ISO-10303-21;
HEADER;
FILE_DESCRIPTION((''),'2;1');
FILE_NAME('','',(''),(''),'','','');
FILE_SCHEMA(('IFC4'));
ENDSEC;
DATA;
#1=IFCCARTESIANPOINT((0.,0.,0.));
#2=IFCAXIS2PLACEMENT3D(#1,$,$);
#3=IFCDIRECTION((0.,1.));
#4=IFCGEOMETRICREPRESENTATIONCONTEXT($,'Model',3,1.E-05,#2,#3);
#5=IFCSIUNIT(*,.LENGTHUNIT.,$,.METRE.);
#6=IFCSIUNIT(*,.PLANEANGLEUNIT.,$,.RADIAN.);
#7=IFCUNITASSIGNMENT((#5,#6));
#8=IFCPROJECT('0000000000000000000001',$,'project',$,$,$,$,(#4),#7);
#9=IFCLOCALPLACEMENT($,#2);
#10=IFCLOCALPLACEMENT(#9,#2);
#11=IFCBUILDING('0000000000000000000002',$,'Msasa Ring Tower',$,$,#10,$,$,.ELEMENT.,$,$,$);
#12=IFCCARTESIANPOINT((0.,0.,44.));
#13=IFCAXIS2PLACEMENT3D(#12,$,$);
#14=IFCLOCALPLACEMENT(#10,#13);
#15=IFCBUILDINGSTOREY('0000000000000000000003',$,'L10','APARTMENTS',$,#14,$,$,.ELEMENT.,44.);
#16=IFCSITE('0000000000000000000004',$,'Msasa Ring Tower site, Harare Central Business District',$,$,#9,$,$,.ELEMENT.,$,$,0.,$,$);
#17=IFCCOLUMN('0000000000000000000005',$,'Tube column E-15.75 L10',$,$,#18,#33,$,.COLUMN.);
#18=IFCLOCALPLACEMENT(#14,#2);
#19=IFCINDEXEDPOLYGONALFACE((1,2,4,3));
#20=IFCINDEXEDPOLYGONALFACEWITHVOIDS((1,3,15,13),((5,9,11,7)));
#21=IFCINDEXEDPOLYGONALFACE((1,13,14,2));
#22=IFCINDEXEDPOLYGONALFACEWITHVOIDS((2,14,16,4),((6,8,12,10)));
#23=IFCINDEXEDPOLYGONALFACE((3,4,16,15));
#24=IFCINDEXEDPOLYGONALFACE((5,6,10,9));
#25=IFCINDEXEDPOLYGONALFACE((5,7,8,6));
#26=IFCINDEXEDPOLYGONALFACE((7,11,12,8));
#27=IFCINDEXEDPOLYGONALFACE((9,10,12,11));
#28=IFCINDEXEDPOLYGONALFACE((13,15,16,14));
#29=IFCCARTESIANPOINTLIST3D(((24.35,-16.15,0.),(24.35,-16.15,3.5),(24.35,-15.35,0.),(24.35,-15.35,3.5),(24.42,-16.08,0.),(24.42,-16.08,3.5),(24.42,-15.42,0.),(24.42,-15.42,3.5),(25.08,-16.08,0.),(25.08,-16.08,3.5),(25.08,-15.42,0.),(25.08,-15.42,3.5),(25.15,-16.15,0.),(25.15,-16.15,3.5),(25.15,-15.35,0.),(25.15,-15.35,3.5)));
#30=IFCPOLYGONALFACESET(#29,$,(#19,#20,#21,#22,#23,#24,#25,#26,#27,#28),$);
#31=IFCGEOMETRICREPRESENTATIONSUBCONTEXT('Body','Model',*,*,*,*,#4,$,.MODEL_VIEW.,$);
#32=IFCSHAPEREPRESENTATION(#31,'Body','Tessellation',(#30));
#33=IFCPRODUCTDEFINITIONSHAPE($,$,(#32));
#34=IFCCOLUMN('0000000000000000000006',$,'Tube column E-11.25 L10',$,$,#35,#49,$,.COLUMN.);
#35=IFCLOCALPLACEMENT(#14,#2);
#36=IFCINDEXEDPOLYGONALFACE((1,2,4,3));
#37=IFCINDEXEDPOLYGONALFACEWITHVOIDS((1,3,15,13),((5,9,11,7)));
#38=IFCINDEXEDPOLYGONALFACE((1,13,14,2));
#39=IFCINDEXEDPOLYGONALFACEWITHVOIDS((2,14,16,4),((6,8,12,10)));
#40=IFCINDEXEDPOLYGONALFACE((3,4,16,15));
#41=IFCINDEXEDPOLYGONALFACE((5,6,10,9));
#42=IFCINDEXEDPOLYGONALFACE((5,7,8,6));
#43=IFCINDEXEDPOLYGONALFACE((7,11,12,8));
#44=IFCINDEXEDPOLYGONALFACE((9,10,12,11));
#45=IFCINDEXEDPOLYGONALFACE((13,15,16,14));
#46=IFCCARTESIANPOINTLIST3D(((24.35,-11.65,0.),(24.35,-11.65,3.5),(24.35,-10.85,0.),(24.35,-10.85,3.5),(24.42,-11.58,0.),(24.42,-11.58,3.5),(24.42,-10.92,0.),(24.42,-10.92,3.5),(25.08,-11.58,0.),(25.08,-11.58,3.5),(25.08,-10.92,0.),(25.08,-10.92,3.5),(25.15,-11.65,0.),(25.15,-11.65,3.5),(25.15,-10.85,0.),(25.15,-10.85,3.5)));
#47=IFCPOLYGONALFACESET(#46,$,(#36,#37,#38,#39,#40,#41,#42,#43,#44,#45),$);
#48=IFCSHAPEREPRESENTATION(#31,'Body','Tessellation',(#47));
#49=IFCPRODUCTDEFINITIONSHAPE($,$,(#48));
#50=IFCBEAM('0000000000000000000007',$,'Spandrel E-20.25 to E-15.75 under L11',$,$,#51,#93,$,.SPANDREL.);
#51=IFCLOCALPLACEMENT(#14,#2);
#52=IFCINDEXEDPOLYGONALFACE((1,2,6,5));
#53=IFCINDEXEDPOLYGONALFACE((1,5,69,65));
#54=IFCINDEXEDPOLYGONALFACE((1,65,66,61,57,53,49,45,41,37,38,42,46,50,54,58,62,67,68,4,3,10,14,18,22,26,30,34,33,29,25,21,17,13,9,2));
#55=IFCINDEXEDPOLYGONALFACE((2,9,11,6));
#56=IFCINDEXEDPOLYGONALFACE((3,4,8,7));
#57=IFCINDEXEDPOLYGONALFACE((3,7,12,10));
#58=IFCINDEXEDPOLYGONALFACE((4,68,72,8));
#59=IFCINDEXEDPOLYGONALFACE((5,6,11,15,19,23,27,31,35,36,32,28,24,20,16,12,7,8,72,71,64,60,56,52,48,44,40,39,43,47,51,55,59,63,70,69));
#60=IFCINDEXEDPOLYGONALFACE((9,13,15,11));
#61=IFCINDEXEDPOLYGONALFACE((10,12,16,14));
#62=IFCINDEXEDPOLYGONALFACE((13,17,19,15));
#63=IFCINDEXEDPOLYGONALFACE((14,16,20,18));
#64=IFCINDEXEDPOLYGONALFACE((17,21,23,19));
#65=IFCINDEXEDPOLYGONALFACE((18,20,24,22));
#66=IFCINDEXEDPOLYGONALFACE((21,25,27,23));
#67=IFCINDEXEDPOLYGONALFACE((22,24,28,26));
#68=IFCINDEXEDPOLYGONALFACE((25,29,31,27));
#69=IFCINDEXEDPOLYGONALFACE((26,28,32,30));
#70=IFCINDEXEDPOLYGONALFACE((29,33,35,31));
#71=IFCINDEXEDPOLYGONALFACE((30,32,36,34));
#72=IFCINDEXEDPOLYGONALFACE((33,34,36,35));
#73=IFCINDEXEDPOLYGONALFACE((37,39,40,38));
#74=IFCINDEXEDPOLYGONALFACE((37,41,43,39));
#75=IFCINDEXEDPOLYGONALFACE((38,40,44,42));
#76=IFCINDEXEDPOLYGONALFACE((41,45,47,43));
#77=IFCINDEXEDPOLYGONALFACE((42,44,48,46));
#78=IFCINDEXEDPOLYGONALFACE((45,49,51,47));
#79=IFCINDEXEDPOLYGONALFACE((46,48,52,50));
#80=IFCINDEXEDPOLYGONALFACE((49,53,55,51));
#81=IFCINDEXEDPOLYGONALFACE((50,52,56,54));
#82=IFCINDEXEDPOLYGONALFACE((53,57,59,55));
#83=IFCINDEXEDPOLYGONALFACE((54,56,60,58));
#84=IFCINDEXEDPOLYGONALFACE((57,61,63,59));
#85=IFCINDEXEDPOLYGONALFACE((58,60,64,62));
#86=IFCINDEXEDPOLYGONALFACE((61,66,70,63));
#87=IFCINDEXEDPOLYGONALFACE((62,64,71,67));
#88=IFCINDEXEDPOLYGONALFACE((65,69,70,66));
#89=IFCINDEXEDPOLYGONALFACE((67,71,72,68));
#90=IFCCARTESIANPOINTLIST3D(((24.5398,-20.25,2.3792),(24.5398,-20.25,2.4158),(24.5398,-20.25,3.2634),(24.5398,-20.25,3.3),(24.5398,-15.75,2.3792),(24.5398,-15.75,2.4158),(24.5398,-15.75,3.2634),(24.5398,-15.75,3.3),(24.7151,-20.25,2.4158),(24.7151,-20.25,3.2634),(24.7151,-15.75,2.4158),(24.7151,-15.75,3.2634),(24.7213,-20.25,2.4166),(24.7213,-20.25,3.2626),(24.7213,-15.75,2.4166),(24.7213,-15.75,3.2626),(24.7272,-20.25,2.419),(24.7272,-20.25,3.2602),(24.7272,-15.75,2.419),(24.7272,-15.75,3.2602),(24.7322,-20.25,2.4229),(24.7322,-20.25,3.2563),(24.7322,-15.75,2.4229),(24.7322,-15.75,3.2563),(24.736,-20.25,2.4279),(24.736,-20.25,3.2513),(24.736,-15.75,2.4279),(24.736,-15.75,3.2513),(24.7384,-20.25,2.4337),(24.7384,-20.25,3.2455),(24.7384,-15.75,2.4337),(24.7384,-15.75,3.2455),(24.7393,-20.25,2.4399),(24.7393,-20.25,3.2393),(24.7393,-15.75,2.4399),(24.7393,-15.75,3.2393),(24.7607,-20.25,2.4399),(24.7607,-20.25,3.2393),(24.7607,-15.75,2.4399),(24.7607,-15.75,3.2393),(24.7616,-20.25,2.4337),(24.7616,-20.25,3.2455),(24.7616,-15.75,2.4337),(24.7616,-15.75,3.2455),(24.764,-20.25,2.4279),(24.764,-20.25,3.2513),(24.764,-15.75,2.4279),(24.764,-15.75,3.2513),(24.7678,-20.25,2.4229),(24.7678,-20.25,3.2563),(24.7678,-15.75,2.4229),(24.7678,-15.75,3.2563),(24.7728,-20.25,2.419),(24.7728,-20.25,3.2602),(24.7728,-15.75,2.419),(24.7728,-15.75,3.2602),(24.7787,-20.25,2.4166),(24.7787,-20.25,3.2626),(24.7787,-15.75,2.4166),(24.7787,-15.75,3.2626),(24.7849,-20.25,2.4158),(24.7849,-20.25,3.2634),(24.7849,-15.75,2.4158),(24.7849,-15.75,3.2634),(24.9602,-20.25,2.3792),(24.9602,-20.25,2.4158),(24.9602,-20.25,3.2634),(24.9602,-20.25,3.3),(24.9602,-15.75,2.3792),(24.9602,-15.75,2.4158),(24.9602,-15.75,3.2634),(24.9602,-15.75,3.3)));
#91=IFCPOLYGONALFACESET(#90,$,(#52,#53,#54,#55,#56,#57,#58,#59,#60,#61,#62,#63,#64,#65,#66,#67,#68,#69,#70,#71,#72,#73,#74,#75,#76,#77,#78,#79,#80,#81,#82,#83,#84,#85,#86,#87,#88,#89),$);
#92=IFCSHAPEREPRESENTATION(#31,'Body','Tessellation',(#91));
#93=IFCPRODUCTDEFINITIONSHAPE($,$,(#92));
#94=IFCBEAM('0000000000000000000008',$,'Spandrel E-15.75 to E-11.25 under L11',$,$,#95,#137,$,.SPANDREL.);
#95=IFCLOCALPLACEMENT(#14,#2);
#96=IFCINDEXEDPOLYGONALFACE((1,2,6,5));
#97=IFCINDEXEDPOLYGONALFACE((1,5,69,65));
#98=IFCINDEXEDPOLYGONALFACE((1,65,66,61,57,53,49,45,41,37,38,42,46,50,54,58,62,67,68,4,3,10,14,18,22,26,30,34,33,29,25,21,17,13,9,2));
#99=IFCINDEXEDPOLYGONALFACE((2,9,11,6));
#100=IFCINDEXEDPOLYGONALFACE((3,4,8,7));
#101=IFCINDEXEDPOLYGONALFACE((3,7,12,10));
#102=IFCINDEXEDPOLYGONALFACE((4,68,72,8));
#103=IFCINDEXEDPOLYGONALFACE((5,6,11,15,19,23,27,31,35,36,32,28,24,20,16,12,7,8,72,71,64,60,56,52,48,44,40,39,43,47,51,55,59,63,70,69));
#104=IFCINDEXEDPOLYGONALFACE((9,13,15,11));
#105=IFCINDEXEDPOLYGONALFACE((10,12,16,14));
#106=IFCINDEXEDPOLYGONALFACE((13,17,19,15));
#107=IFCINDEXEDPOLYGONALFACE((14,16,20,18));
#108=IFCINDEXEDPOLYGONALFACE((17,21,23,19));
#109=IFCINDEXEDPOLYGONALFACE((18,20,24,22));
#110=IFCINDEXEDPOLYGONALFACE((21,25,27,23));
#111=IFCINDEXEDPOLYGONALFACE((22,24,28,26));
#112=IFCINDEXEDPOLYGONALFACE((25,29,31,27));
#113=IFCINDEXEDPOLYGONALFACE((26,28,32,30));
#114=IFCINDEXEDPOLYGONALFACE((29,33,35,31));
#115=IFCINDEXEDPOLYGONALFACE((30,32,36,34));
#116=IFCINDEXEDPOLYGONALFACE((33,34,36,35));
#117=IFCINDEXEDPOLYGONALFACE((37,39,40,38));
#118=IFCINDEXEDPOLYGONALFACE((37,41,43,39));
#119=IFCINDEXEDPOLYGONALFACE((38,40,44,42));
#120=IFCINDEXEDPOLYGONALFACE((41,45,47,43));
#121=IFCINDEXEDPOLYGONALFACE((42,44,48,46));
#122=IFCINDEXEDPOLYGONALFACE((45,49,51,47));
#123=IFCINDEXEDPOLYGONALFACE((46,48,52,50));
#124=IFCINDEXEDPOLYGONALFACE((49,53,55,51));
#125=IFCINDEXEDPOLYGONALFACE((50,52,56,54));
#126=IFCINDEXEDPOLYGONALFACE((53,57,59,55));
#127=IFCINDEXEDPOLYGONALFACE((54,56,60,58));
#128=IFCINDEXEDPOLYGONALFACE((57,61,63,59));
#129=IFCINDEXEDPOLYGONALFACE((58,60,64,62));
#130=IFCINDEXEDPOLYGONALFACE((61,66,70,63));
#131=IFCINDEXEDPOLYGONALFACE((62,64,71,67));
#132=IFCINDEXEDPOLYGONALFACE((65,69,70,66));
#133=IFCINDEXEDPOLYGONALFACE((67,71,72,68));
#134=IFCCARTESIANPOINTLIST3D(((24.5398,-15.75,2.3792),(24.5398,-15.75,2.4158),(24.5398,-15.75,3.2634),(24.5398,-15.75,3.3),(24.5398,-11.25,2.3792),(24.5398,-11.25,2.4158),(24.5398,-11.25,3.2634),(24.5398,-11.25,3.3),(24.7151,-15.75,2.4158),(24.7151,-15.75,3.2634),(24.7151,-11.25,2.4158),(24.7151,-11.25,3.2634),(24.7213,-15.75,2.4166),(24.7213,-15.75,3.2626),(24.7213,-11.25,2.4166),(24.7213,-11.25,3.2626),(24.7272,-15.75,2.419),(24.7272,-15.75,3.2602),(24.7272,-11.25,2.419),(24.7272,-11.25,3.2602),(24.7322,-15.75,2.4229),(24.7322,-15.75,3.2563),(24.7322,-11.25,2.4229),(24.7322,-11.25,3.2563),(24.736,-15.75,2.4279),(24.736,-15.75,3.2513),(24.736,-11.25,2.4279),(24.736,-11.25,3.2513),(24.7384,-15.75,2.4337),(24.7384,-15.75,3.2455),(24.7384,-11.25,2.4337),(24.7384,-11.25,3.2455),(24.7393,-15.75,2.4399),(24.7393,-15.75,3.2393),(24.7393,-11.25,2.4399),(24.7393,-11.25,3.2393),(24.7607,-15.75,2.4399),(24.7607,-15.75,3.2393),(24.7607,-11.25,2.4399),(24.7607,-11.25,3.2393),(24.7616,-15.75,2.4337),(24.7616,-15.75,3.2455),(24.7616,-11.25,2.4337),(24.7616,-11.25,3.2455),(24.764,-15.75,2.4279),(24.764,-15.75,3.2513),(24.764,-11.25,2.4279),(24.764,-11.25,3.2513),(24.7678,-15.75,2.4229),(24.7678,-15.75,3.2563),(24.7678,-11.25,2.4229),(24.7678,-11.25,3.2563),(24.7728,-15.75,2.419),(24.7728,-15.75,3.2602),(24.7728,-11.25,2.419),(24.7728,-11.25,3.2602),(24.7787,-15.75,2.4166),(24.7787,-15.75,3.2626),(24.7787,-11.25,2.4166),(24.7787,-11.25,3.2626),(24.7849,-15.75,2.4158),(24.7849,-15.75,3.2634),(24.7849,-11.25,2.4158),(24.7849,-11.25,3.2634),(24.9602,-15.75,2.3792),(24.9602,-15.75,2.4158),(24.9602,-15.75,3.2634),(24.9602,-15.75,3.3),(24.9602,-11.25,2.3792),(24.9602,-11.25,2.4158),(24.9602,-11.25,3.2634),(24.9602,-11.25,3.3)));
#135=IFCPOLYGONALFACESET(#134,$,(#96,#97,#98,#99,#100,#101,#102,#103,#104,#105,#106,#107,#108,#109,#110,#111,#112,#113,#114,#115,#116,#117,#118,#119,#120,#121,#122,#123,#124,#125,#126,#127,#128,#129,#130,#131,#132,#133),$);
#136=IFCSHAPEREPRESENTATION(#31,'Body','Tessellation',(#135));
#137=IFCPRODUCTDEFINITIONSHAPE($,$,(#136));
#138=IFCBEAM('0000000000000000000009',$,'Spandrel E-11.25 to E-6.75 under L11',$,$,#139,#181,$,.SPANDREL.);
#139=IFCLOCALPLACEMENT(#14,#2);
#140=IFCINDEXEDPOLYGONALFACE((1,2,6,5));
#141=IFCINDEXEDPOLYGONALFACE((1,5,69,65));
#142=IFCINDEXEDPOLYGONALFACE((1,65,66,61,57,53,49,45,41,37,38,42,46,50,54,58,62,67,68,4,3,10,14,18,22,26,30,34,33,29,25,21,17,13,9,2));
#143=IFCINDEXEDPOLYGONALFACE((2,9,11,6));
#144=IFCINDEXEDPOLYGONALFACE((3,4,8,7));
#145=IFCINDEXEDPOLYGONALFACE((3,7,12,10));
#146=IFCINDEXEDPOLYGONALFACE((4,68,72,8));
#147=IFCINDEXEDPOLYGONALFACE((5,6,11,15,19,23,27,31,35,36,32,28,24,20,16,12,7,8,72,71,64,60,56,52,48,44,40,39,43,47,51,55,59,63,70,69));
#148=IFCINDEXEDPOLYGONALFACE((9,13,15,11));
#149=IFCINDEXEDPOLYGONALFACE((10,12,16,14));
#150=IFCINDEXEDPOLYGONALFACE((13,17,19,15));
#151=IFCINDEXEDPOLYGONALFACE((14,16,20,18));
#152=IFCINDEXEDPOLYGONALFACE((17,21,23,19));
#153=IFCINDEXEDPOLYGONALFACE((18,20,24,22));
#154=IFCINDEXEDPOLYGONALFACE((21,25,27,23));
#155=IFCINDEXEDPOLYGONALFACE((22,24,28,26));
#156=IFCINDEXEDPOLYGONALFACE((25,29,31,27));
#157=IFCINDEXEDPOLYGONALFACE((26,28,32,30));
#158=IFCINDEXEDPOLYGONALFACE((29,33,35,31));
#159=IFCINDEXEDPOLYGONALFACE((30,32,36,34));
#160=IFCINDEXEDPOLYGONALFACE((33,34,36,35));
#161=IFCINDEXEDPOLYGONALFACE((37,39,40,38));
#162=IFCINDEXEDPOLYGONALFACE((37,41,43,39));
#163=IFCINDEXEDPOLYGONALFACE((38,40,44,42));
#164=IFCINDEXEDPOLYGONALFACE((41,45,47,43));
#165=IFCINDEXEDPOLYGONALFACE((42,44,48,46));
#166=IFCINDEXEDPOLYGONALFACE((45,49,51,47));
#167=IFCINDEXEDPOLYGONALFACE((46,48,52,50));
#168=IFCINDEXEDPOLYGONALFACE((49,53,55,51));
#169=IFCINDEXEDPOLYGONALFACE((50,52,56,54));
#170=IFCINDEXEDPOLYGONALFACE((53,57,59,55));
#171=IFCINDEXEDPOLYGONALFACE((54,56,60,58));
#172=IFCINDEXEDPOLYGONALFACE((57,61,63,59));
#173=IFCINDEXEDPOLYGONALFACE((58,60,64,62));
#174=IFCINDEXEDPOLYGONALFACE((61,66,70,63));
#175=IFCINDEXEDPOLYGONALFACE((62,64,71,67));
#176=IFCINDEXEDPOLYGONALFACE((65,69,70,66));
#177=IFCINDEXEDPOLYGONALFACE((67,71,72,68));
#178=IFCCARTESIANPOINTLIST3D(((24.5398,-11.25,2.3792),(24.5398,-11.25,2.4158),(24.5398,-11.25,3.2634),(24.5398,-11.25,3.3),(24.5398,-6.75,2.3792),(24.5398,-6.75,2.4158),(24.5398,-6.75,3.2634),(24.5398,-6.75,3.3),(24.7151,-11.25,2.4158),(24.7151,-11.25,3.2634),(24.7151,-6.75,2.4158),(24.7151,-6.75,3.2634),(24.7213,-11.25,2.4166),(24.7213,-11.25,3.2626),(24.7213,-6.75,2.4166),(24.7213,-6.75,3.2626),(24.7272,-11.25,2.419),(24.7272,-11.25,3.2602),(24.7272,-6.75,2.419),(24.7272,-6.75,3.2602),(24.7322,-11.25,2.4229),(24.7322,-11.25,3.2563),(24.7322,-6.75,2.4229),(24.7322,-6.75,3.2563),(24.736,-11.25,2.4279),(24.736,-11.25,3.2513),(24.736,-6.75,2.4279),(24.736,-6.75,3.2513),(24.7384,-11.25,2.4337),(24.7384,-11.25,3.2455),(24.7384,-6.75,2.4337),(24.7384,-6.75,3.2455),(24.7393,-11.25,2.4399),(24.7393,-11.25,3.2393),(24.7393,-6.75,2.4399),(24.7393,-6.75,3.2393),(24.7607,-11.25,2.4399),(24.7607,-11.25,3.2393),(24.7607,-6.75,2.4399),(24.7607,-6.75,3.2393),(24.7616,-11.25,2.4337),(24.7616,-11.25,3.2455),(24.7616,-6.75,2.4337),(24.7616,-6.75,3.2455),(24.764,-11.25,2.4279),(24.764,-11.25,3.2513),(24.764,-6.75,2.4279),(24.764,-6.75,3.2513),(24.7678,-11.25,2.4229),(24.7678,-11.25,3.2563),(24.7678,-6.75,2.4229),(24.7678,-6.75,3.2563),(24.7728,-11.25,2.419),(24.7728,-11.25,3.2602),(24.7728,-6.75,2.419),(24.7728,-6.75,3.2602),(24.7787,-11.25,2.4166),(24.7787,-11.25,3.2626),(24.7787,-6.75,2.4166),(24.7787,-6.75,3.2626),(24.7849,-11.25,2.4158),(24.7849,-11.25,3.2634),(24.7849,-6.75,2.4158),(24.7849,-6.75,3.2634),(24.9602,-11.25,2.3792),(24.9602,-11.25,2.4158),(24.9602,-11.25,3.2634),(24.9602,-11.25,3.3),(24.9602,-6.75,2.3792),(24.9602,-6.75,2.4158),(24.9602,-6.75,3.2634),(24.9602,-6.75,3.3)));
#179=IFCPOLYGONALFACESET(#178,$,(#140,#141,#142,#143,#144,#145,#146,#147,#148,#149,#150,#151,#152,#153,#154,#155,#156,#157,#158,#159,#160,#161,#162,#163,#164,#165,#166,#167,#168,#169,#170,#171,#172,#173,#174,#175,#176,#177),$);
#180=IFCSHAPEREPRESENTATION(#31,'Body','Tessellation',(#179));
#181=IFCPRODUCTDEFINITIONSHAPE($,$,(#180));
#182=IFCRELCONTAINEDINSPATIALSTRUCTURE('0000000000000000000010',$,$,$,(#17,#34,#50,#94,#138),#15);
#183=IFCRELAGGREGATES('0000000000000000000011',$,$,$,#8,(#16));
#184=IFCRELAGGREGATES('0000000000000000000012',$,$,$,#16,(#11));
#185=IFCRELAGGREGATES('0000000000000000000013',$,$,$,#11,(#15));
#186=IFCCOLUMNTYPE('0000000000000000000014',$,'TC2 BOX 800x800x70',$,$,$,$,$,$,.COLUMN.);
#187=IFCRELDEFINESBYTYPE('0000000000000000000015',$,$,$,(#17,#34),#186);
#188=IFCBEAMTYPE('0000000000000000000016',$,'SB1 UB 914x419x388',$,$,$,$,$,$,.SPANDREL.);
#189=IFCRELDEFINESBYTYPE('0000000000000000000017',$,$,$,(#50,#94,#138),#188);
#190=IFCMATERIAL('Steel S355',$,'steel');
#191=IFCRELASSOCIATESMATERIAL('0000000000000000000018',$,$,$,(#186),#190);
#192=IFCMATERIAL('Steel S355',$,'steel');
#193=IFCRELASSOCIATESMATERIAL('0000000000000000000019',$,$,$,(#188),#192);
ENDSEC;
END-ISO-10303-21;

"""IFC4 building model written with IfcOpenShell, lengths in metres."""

from ifc_helpers import new_model, si_unit, direction, frame, origin, origin_2d, place, context, subcontext, project, spatial, hollow_rectangle, i_section, extrude, material, material_profile, profile_set, type_object, element, save


model = new_model("IFC4")

# Units and contexts
model_context = context("Model", 3, precision=1e-05, world=origin(), true_north=direction((0.0, 1.0)))
body_context = subcontext(model_context, "Body", "Model", "MODEL_VIEW")
ifc_project = project(units=[si_unit("LENGTHUNIT", "METRE"), si_unit("PLANEANGLEUNIT", "RADIAN")], contexts=[model_context])

# Site, building, storey
site_placement = place(None, origin())
site = spatial("IfcSite", under=ifc_project, at=site_placement, Name="Msasa Ring Tower site, Harare Central Business District", CompositionType="ELEMENT", RefElevation=0.0)
building_placement = place(site_placement, origin())
building = spatial("IfcBuilding", under=site, at=building_placement, Name="Msasa Ring Tower", CompositionType="ELEMENT")
storey_placement = place(building_placement, frame((0.0, 0.0, 44.0)))
storey = spatial("IfcBuildingStorey", under=building, at=storey_placement, Name="L10", Description="APARTMENTS", CompositionType="ELEMENT", Elevation=44.0)

# Columns
ifc_material_1 = material(Name="Steel S355", Category="steel")
ifc_material_profile_1 = material_profile(ifc_material_1, hollow_rectangle(XDim=0.8, YDim=0.8, WallThickness=0.0701, at=origin_2d()), Name="BOX 800x800x70")
ifc_profile_set_1 = profile_set([ifc_material_profile_1], Name="Steel S355")
column_type = type_object("IfcColumnType", Name="TC2 BOX 800x800x70", PredefinedType="COLUMN", material=ifc_profile_set_1)
for number, where, z_axis, x_axis, name in (
    (1, (24.75, -15.75, 0.0), (0.0, 0.0, 1.0), (1.0, 0.0, 0.0), "Tube column E-15.75 L10"),
    (2, (24.75, -11.25, 0.0), (0.0, 0.0, 1.0), (1.0, 0.0, 0.0), "Tube column E-11.25 L10"),
):
    element("IfcColumn", number, at=place(storey_placement, frame(where, z_axis=z_axis, x_axis=x_axis)), inside=storey, type_object=column_type, Name=name, PredefinedType="COLUMN", context=body_context, shape_type="SweptSolid", body=[
        extrude(hollow_rectangle(XDim=0.8, YDim=0.8, WallThickness=0.0701, at=origin_2d()), origin(), (0.0, 0.0, 1.0), 3.5),
    ])

# Beams
ifc_material_2 = material(Name="Steel S355", Category="steel")
ifc_material_profile_2 = material_profile(ifc_material_2, i_section(OverallWidth=0.4204, OverallDepth=0.9209, WebThickness=0.0215, FlangeThickness=0.0366, FilletRadius=0.0242, at=origin_2d()), Name="UB 914x419x388")
ifc_profile_set_2 = profile_set([ifc_material_profile_2], Name="Steel S355")
beam_type = type_object("IfcBeamType", Name="SB1 UB 914x419x388", PredefinedType="SPANDREL", material=ifc_profile_set_2)
for number, where, z_axis, x_axis, name in (
    (3, (24.75, -20.25, 2.8396), (0.0, 1.0, 0.0), (-1.0, 0.0, 0.0), "Spandrel E-20.25 to E-15.75 under L11"),
    (4, (24.75, -15.75, 2.8396), (0.0, 1.0, 0.0), (-1.0, 0.0, 0.0), "Spandrel E-15.75 to E-11.25 under L11"),
    (5, (24.75, -11.25, 2.8396), (0.0, 1.0, 0.0), (-1.0, 0.0, 0.0), "Spandrel E-11.25 to E-6.75 under L11"),
):
    element("IfcBeam", number, at=place(storey_placement, frame(where, z_axis=z_axis, x_axis=x_axis)), inside=storey, type_object=beam_type, Name=name, PredefinedType="SPANDREL", context=body_context, shape_type="SweptSolid", body=[
        extrude(i_section(OverallWidth=0.4204, OverallDepth=0.9209, WebThickness=0.0215, FlangeThickness=0.0366, FilletRadius=0.0242, at=origin_2d()), origin(), (0.0, 0.0, 1.0), 4.5),
    ])

save(model, "model.ifc")
